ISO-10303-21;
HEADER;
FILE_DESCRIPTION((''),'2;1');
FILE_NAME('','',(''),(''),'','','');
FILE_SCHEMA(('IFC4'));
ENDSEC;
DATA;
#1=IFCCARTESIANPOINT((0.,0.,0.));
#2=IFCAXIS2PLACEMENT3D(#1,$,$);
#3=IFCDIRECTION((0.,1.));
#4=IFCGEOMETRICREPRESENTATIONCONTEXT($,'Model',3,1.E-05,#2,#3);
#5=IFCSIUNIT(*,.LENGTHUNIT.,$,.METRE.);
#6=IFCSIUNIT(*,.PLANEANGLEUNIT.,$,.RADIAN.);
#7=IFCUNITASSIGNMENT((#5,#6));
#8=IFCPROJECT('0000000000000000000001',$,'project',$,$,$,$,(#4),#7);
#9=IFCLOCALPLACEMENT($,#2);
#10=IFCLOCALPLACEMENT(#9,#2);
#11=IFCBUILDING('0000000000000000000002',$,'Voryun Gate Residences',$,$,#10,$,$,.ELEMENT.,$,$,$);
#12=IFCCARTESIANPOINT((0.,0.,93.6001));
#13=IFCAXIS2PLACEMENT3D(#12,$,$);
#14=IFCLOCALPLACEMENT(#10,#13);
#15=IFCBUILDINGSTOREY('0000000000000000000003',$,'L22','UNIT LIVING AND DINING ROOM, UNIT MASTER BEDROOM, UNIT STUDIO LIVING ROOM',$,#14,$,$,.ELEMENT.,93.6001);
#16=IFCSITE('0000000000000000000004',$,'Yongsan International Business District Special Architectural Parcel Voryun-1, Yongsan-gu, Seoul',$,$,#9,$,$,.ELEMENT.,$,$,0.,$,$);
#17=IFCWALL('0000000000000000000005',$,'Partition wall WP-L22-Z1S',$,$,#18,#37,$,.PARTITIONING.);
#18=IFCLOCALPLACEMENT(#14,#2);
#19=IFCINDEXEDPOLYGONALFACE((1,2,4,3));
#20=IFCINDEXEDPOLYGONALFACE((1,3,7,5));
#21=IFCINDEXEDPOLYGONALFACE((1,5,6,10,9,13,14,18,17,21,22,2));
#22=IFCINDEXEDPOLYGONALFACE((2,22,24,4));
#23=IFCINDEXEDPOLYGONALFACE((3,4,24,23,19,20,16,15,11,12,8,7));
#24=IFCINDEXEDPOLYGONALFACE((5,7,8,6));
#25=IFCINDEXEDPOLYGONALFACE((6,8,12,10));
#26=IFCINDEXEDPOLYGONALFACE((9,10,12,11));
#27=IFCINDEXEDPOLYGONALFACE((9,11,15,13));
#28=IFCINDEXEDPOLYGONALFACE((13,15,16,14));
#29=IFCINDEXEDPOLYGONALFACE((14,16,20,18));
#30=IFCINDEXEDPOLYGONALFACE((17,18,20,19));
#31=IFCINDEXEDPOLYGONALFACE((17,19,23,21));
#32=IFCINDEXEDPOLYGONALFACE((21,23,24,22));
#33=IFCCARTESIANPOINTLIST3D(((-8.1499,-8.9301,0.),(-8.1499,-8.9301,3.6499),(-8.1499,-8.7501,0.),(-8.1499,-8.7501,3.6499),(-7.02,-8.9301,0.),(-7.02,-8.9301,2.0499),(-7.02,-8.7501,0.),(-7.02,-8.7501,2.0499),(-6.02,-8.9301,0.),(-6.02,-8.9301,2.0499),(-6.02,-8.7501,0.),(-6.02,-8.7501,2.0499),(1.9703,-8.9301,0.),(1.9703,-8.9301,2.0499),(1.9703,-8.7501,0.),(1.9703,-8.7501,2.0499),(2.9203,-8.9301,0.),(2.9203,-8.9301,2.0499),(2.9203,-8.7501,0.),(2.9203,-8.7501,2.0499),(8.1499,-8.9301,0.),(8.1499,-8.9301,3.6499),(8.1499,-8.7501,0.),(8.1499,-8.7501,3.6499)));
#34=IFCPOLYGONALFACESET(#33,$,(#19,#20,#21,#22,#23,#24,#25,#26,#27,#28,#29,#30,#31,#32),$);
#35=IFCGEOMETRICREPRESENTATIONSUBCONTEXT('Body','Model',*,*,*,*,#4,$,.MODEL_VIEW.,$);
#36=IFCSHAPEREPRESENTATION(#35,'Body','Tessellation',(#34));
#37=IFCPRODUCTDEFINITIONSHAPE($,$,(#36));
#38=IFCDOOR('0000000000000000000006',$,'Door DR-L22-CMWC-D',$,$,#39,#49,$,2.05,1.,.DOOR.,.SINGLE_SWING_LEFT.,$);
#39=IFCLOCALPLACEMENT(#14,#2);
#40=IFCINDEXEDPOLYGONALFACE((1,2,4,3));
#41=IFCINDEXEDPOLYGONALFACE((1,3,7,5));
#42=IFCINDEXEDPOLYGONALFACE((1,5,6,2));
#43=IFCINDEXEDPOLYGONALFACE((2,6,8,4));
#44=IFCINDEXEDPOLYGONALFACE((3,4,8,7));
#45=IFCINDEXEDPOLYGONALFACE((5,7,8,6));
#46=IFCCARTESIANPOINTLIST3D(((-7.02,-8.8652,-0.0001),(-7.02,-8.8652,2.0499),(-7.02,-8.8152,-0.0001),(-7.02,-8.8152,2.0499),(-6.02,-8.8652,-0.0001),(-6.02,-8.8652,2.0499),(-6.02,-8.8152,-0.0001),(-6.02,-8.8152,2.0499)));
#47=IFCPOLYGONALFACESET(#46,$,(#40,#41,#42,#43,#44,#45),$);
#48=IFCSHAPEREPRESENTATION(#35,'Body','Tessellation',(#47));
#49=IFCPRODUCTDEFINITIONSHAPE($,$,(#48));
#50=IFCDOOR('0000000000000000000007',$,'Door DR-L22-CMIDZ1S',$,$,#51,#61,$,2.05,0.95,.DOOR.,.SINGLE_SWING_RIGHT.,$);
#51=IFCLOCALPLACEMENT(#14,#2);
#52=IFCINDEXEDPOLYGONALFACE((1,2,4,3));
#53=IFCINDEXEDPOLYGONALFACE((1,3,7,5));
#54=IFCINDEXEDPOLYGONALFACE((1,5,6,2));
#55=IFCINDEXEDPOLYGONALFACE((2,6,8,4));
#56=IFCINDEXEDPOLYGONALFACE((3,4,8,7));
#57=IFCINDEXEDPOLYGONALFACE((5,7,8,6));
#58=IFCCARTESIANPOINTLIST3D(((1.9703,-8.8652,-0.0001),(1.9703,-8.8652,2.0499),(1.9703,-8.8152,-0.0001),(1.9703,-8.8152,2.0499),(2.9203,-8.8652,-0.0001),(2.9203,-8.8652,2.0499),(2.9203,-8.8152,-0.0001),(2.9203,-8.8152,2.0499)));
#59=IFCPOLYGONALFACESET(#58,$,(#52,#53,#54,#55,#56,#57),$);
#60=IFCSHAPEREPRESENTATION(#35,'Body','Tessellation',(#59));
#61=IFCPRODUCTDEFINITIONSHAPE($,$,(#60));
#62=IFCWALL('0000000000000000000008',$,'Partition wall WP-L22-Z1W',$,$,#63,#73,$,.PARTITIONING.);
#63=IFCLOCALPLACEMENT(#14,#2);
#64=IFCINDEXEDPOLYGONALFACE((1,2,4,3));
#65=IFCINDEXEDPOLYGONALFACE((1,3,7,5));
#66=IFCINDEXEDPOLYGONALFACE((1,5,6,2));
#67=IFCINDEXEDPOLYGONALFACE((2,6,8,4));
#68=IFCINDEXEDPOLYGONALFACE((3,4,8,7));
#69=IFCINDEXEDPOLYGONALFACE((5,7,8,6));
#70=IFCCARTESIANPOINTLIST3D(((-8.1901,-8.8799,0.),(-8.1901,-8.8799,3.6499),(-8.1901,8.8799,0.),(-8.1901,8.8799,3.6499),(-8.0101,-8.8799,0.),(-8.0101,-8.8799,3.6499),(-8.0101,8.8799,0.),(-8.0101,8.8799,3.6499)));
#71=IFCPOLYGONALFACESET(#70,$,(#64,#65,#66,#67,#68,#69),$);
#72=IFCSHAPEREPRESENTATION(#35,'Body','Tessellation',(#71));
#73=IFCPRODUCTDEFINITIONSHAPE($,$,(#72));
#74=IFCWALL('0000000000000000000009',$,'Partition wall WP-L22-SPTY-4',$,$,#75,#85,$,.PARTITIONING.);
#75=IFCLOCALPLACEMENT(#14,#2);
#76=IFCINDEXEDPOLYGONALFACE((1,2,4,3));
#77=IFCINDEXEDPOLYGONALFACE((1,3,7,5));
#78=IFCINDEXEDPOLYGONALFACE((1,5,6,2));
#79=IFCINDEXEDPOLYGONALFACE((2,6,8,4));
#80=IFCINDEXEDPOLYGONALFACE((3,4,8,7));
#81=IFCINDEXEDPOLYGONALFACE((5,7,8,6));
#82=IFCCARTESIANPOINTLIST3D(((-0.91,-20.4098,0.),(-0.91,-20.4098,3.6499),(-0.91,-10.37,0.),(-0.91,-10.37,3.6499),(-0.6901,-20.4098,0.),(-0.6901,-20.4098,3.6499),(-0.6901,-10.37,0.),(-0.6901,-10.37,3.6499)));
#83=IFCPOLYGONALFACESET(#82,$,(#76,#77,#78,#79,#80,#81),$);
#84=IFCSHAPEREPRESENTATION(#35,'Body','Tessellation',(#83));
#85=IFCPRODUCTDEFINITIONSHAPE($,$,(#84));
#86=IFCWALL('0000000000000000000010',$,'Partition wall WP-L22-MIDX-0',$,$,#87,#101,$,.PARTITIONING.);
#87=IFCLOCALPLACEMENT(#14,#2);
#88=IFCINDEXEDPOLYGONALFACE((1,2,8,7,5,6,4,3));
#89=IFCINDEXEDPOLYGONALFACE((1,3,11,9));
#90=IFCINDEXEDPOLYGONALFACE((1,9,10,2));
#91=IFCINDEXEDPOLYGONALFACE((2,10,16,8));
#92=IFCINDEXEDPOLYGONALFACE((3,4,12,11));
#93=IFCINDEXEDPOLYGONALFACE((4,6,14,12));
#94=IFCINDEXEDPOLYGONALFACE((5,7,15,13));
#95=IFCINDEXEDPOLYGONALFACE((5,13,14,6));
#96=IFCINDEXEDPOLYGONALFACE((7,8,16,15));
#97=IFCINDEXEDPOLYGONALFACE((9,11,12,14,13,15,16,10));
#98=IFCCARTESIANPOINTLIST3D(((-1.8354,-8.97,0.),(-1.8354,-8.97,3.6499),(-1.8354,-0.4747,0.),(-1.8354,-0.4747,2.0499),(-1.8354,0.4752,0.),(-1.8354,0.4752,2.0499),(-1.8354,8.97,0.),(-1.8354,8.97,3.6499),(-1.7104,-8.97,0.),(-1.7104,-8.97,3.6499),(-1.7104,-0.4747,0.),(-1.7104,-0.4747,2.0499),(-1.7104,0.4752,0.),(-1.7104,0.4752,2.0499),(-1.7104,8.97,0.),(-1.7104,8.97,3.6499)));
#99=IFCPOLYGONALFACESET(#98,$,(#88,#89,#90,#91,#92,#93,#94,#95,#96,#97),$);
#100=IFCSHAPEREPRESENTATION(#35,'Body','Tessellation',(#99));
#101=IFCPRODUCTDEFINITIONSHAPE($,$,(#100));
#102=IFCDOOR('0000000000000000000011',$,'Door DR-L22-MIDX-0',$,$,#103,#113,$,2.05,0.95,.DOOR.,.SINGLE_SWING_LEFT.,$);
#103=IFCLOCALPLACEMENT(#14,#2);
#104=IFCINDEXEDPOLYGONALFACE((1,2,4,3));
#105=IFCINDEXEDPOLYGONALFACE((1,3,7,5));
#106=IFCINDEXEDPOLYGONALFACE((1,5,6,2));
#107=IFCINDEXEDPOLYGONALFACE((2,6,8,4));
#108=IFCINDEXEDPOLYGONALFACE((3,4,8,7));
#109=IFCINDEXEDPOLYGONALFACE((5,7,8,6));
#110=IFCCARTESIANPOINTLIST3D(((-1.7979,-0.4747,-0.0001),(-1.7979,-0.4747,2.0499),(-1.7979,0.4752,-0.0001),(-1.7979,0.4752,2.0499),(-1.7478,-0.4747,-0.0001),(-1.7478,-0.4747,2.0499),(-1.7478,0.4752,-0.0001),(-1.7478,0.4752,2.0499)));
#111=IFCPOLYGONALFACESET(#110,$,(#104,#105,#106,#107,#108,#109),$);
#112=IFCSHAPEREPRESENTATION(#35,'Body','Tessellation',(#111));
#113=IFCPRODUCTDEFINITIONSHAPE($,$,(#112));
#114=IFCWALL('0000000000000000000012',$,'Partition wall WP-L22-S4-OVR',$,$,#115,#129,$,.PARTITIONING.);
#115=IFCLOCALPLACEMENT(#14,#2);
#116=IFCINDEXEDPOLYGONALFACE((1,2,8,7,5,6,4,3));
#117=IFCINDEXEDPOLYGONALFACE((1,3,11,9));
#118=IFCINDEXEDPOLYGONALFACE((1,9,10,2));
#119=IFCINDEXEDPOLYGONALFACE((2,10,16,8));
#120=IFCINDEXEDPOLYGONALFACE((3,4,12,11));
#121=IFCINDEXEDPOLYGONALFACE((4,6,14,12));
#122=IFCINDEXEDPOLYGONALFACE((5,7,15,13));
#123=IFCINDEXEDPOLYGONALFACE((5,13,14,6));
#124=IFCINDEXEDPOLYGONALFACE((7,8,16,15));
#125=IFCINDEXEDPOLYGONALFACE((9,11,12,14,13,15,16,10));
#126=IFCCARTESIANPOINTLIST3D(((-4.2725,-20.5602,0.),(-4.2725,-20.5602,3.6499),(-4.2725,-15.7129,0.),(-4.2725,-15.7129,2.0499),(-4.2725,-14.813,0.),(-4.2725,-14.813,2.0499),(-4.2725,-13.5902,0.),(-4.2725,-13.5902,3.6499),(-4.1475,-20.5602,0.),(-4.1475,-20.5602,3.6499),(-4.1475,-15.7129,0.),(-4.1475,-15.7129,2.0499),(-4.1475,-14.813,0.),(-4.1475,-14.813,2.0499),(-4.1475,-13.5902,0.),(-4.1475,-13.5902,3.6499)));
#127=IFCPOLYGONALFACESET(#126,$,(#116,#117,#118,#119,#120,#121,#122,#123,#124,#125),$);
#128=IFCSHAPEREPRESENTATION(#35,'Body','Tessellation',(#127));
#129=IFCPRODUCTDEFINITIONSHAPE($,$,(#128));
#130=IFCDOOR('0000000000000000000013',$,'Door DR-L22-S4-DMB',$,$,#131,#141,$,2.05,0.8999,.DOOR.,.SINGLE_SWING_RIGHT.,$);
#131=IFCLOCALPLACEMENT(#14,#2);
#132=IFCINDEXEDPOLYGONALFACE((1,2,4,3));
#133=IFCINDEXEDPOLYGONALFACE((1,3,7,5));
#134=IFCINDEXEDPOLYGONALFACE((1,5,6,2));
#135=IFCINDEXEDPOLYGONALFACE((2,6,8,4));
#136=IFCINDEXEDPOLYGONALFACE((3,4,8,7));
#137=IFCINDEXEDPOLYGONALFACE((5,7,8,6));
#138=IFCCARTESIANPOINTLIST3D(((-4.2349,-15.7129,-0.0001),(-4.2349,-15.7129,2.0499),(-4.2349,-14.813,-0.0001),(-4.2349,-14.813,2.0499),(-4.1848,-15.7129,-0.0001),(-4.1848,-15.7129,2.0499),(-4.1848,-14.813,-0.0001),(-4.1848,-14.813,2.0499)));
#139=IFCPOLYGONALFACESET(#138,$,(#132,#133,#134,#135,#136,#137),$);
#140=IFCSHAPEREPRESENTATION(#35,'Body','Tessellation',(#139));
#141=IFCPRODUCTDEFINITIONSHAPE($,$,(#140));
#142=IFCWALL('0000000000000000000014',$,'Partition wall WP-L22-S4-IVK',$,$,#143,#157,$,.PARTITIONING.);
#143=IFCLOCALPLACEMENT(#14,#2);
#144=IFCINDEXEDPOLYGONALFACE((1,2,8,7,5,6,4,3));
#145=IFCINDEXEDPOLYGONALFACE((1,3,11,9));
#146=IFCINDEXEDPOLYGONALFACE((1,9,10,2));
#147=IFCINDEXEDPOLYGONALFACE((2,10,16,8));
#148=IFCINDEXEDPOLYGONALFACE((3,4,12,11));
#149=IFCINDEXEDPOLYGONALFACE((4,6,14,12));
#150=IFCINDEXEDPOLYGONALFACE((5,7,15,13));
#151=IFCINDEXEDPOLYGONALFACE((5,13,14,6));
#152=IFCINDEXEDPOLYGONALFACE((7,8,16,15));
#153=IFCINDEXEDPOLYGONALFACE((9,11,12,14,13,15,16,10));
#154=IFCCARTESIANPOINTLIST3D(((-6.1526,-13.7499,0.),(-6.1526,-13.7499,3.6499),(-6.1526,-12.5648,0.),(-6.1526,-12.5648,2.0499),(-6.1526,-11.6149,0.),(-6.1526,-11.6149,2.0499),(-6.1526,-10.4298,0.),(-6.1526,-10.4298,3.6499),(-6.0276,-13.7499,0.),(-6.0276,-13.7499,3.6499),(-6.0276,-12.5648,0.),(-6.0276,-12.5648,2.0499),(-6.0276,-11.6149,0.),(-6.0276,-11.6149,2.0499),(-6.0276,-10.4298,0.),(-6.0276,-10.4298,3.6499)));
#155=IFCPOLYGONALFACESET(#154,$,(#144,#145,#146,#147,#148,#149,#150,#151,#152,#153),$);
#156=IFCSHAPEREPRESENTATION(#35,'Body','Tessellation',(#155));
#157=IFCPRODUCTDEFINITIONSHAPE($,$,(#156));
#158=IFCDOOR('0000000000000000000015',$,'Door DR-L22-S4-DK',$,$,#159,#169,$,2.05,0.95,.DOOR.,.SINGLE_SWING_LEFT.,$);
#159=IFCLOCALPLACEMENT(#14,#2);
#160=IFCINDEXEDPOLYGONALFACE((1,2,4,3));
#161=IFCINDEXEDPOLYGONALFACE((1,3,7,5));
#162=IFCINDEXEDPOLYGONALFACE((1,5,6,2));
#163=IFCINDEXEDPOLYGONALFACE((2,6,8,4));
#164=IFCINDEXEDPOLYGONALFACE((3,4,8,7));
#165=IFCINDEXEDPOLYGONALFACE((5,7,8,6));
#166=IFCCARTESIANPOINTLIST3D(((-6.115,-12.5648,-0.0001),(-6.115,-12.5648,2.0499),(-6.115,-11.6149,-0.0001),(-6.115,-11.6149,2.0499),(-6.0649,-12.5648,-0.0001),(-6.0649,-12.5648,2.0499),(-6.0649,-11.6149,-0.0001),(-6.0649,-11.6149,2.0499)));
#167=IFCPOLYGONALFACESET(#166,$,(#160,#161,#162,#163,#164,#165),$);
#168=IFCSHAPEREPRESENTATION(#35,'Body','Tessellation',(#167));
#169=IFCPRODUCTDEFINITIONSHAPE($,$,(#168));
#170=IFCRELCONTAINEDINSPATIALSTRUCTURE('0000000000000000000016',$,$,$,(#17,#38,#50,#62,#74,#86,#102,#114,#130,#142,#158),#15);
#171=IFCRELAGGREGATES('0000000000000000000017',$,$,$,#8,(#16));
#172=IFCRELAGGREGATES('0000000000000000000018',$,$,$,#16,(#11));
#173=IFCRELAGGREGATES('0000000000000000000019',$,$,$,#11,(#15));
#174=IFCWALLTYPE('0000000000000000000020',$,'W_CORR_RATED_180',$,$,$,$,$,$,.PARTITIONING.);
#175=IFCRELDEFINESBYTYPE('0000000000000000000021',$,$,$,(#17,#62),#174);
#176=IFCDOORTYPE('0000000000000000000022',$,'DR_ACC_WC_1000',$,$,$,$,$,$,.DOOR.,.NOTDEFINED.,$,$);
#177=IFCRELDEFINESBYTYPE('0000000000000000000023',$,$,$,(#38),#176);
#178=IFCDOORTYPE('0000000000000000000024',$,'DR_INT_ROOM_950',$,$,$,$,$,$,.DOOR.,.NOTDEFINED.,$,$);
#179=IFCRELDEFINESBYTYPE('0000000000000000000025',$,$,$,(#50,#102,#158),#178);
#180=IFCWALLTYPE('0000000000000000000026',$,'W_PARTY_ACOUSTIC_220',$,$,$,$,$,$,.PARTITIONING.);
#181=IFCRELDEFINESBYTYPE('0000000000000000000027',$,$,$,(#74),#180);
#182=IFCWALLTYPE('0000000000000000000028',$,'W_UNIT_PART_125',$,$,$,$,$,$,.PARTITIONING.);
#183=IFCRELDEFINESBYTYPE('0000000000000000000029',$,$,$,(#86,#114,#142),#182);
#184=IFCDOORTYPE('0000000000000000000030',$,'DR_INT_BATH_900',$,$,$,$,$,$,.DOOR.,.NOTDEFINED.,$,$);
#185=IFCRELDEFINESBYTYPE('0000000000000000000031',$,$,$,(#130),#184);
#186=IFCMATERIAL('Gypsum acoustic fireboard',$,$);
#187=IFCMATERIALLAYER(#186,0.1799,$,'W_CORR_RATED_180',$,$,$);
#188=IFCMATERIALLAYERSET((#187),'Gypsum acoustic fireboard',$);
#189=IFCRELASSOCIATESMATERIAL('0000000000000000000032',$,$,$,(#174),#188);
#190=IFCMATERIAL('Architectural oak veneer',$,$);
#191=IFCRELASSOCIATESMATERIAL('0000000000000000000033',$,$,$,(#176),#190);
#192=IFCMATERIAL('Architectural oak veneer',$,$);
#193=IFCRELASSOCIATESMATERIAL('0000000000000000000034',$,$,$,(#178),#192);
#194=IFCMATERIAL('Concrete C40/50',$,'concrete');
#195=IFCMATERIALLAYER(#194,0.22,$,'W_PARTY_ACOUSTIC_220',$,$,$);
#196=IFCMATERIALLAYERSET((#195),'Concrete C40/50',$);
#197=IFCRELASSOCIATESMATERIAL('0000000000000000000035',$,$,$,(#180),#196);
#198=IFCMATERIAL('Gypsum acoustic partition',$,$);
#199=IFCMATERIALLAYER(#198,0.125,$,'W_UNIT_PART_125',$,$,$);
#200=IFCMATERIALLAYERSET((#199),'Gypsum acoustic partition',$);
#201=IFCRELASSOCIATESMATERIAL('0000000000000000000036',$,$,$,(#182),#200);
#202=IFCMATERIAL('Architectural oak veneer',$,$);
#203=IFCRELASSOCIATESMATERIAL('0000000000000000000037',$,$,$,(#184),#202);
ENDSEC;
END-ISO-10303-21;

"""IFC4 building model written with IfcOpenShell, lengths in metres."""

from ifc_helpers import new_model, si_unit, direction, frame, frame_2d, origin, place, context, subcontext, project, spatial, rectangle, extrude, material, layer, layer_set, type_object, element, fill, save


model = new_model("IFC4")

# Units and contexts
model_context = context("Model", 3, precision=1e-05, world=origin(), true_north=direction((0.0, 1.0)))
body_context = subcontext(model_context, "Body", "Model", "MODEL_VIEW")
ifc_project = project(units=[si_unit("LENGTHUNIT", "METRE"), si_unit("PLANEANGLEUNIT", "RADIAN")], contexts=[model_context])

# Site, building, storey
site_placement = place(None, origin())
site = spatial("IfcSite", under=ifc_project, at=site_placement, Name="Yongsan International Business District Special Architectural Parcel Voryun-1, Yongsan-gu, Seoul", CompositionType="ELEMENT", RefElevation=0.0)
building_placement = place(site_placement, origin())
building = spatial("IfcBuilding", under=site, at=building_placement, Name="Voryun Gate Residences", CompositionType="ELEMENT")
storey_placement = place(building_placement, frame((0.0, 0.0, 93.6001)))
storey = spatial("IfcBuildingStorey", under=building, at=storey_placement, Name="L22", Description="UNIT LIVING AND DINING ROOM, UNIT MASTER BEDROOM, UNIT STUDIO LIVING ROOM", CompositionType="ELEMENT", Elevation=93.6001)

# Wall, openings, doors
ifc_material_1 = material(Name="Gypsum acoustic fireboard")
ifc_layer_1 = layer(ifc_material_1, 0.1799, Name="W_CORR_RATED_180")
ifc_layer_set_1 = layer_set([ifc_layer_1], Name="Gypsum acoustic fireboard")
wall_type_1 = type_object("IfcWallType", Name="W_CORR_RATED_180", PredefinedType="PARTITIONING", material=ifc_layer_set_1)
wall_1_placement = place(storey_placement, frame((-8.1499, -8.8401, 0.0), z_axis=(0.0, 0.0, 1.0), x_axis=(1.0, 0.0, 0.0)))
wall_1 = element("IfcWall", 1, at=wall_1_placement, inside=storey, type_object=wall_type_1, Name="Partition wall WP-L22-Z1S", PredefinedType="PARTITIONING", context=body_context, shape_type="SweptSolid", body=[
    extrude(rectangle(XDim=16.2998, YDim=0.1799, at=frame_2d((8.1499, 0.0))), origin(), (0.0, 0.0, 1.0), 3.6499),
])
opening_1_placement = place(wall_1_placement, frame((1.1299, 0.0, 0.0)))
opening_1 = element("IfcOpeningElement", 2, at=opening_1_placement, cuts=wall_1, PredefinedType="OPENING", context=body_context, shape_type="SweptSolid", body=[
    extrude(rectangle(XDim=1.0, YDim=2.05, at=frame_2d((0.5, 1.0249))), frame((0.0, 0.0999, 0.0), z_axis=(0.0, -1.0, 0.0), x_axis=(1.0, 0.0, 0.0)), (0.0, 0.0, 1.0), 0.2),
])
opening_2_placement = place(wall_1_placement, frame((10.1201, 0.0, 0.0)))
opening_2 = element("IfcOpeningElement", 3, at=opening_2_placement, cuts=wall_1, PredefinedType="OPENING", context=body_context, shape_type="SweptSolid", body=[
    extrude(rectangle(XDim=0.95, YDim=2.05, at=frame_2d((0.4751, 1.0249))), frame((0.0, 0.0999, 0.0), z_axis=(0.0, -1.0, 0.0), x_axis=(1.0, 0.0, 0.0)), (0.0, 0.0, 1.0), 0.2),
])
ifc_material_2 = material(Name="Architectural oak veneer")
door_type_1 = type_object("IfcDoorType", Name="DR_ACC_WC_1000", OperationType="NOTDEFINED", PredefinedType="DOOR", material=ifc_material_2)
door_1_placement = place(opening_1_placement, origin())
door_1 = element("IfcDoor", 4, at=door_1_placement, inside=storey, type_object=door_type_1, Name="Door DR-L22-CMWC-D", OperationType="SINGLE_SWING_LEFT", OverallHeight=2.05, OverallWidth=1.0, PredefinedType="DOOR", context=body_context, shape_type="SweptSolid", body=[
    extrude(rectangle(XDim=1.0, YDim=2.05, at=frame_2d((0.5, 1.0249))), frame((0.0, 0.0249, 0.0), z_axis=(0.0, -1.0, 0.0), x_axis=(1.0, 0.0, 0.0)), (0.0, 0.0, 1.0), 0.05),
])
fill(opening_1, door_1)
ifc_material_3 = material(Name="Architectural oak veneer")
door_type_2 = type_object("IfcDoorType", Name="DR_INT_ROOM_950", OperationType="NOTDEFINED", PredefinedType="DOOR", material=ifc_material_3)
door_2_placement = place(opening_2_placement, origin())
door_2 = element("IfcDoor", 5, at=door_2_placement, inside=storey, type_object=door_type_2, Name="Door DR-L22-CMIDZ1S", OperationType="SINGLE_SWING_RIGHT", OverallHeight=2.05, OverallWidth=0.95, PredefinedType="DOOR", context=body_context, shape_type="SweptSolid", body=[
    extrude(rectangle(XDim=0.95, YDim=2.05, at=frame_2d((0.4751, 1.0249))), frame((0.0, 0.0249, 0.0), z_axis=(0.0, -1.0, 0.0), x_axis=(1.0, 0.0, 0.0)), (0.0, 0.0, 1.0), 0.05),
])
fill(opening_2, door_2)

# Walls
wall_2_placement = place(storey_placement, frame((-8.1001, -8.8799, 0.0), z_axis=(0.0, 0.0, 1.0), x_axis=(0.0, 1.0, 0.0)))
element("IfcWall", 6, at=wall_2_placement, inside=storey, type_object=wall_type_1, Name="Partition wall WP-L22-Z1W", PredefinedType="PARTITIONING", context=body_context, shape_type="SweptSolid", body=[
    extrude(rectangle(XDim=17.7598, YDim=0.1799, at=frame_2d((8.8799, 0.0))), origin(), (0.0, 0.0, 1.0), 3.6499),
])
ifc_material_4 = material(Name="Concrete C40/50", Category="concrete")
ifc_layer_2 = layer(ifc_material_4, 0.22, Name="W_PARTY_ACOUSTIC_220")
ifc_layer_set_2 = layer_set([ifc_layer_2], Name="Concrete C40/50")
wall_type_2 = type_object("IfcWallType", Name="W_PARTY_ACOUSTIC_220", PredefinedType="PARTITIONING", material=ifc_layer_set_2)
wall_3_placement = place(storey_placement, frame((-0.8, -20.4099, 0.0), z_axis=(0.0, 0.0, 1.0), x_axis=(0.0, 1.0, 0.0)))
element("IfcWall", 7, at=wall_3_placement, inside=storey, type_object=wall_type_2, Name="Partition wall WP-L22-SPTY-4", PredefinedType="PARTITIONING", context=body_context, shape_type="SweptSolid", body=[
    extrude(rectangle(XDim=10.0398, YDim=0.22, at=frame_2d((5.02, 0.0))), origin(), (0.0, 0.0, 1.0), 3.6499),
])

# Walls, openings, doors
ifc_material_5 = material(Name="Gypsum acoustic partition")
ifc_layer_3 = layer(ifc_material_5, 0.125, Name="W_UNIT_PART_125")
ifc_layer_set_3 = layer_set([ifc_layer_3], Name="Gypsum acoustic partition")
wall_type_3 = type_object("IfcWallType", Name="W_UNIT_PART_125", PredefinedType="PARTITIONING", material=ifc_layer_set_3)
wall_4_placement = place(storey_placement, frame((-1.7729, -8.97, 0.0), z_axis=(0.0, 0.0, 1.0), x_axis=(0.0, 1.0, 0.0)))
wall_4 = element("IfcWall", 8, at=wall_4_placement, inside=storey, type_object=wall_type_3, Name="Partition wall WP-L22-MIDX-0", PredefinedType="PARTITIONING", context=body_context, shape_type="SweptSolid", body=[
    extrude(rectangle(XDim=17.9399, YDim=0.125, at=frame_2d((8.97, 0.0))), origin(), (0.0, 0.0, 1.0), 3.6499),
])
opening_3_placement = place(wall_4_placement, frame((8.4951, 0.0, 0.0)))
opening_3 = element("IfcOpeningElement", 9, at=opening_3_placement, cuts=wall_4, PredefinedType="OPENING", context=body_context, shape_type="SweptSolid", body=[
    extrude(rectangle(XDim=0.95, YDim=2.05, at=frame_2d((0.4751, 1.0249))), frame((0.0, 0.0725, 0.0), z_axis=(0.0, -1.0, 0.0), x_axis=(1.0, 0.0, 0.0)), (0.0, 0.0, 1.0), 0.145),
])
door_3_placement = place(opening_3_placement, origin())
door_3 = element("IfcDoor", 10, at=door_3_placement, inside=storey, type_object=door_type_2, Name="Door DR-L22-MIDX-0", OperationType="SINGLE_SWING_LEFT", OverallHeight=2.05, OverallWidth=0.95, PredefinedType="DOOR", context=body_context, shape_type="SweptSolid", body=[
    extrude(rectangle(XDim=0.95, YDim=2.05, at=frame_2d((0.4751, 1.0249))), frame((0.0, 0.0249, 0.0), z_axis=(0.0, -1.0, 0.0), x_axis=(1.0, 0.0, 0.0)), (0.0, 0.0, 1.0), 0.05),
])
fill(opening_3, door_3)
wall_5_placement = place(storey_placement, frame((-4.21, -20.5601, 0.0), z_axis=(0.0, 0.0, 1.0), x_axis=(0.0, 1.0, 0.0)))
wall_5 = element("IfcWall", 11, at=wall_5_placement, inside=storey, type_object=wall_type_3, Name="Partition wall WP-L22-S4-OVR", PredefinedType="PARTITIONING", context=body_context, shape_type="SweptSolid", body=[
    extrude(rectangle(XDim=6.97, YDim=0.125, at=frame_2d((3.4849, 0.0))), origin(), (0.0, 0.0, 1.0), 3.6499),
])
opening_4_placement = place(wall_5_placement, frame((4.8472, 0.0, 0.0)))
opening_4 = element("IfcOpeningElement", 12, at=opening_4_placement, cuts=wall_5, PredefinedType="OPENING", context=body_context, shape_type="SweptSolid", body=[
    extrude(rectangle(XDim=0.8999, YDim=2.05, at=frame_2d((0.45, 1.0249))), frame((0.0, 0.0725, 0.0), z_axis=(0.0, -1.0, 0.0), x_axis=(1.0, 0.0, 0.0)), (0.0, 0.0, 1.0), 0.145),
])
ifc_material_6 = material(Name="Architectural oak veneer")
door_type_3 = type_object("IfcDoorType", Name="DR_INT_BATH_900", OperationType="NOTDEFINED", PredefinedType="DOOR", material=ifc_material_6)
door_4_placement = place(opening_4_placement, origin())
door_4 = element("IfcDoor", 13, at=door_4_placement, inside=storey, type_object=door_type_3, Name="Door DR-L22-S4-DMB", OperationType="SINGLE_SWING_RIGHT", OverallHeight=2.05, OverallWidth=0.8999, PredefinedType="DOOR", context=body_context, shape_type="SweptSolid", body=[
    extrude(rectangle(XDim=0.8999, YDim=2.05, at=frame_2d((0.45, 1.0249))), frame((0.0, 0.0249, 0.0), z_axis=(0.0, -1.0, 0.0), x_axis=(1.0, 0.0, 0.0)), (0.0, 0.0, 1.0), 0.05),
])
fill(opening_4, door_4)
wall_6_placement = place(storey_placement, frame((-6.0901, -13.75, 0.0), z_axis=(0.0, 0.0, 1.0), x_axis=(0.0, 1.0, 0.0)))
wall_6 = element("IfcWall", 14, at=wall_6_placement, inside=storey, type_object=wall_type_3, Name="Partition wall WP-L22-S4-IVK", PredefinedType="PARTITIONING", context=body_context, shape_type="SweptSolid", body=[
    extrude(rectangle(XDim=3.3201, YDim=0.125, at=frame_2d((1.6602, 0.0))), origin(), (0.0, 0.0, 1.0), 3.6499),
])
opening_5_placement = place(wall_6_placement, frame((1.1851, 0.0, 0.0)))
opening_5 = element("IfcOpeningElement", 15, at=opening_5_placement, cuts=wall_6, PredefinedType="OPENING", context=body_context, shape_type="SweptSolid", body=[
    extrude(rectangle(XDim=0.95, YDim=2.05, at=frame_2d((0.4751, 1.0249))), frame((0.0, 0.0725, 0.0), z_axis=(0.0, -1.0, 0.0), x_axis=(1.0, 0.0, 0.0)), (0.0, 0.0, 1.0), 0.145),
])
door_5_placement = place(opening_5_placement, origin())
door_5 = element("IfcDoor", 16, at=door_5_placement, inside=storey, type_object=door_type_2, Name="Door DR-L22-S4-DK", OperationType="SINGLE_SWING_LEFT", OverallHeight=2.05, OverallWidth=0.95, PredefinedType="DOOR", context=body_context, shape_type="SweptSolid", body=[
    extrude(rectangle(XDim=0.95, YDim=2.05, at=frame_2d((0.4751, 1.0249))), frame((0.0, 0.0249, 0.0), z_axis=(0.0, -1.0, 0.0), x_axis=(1.0, 0.0, 0.0)), (0.0, 0.0, 1.0), 0.05),
])
fill(opening_5, door_5)

save(model, "model.ifc")
